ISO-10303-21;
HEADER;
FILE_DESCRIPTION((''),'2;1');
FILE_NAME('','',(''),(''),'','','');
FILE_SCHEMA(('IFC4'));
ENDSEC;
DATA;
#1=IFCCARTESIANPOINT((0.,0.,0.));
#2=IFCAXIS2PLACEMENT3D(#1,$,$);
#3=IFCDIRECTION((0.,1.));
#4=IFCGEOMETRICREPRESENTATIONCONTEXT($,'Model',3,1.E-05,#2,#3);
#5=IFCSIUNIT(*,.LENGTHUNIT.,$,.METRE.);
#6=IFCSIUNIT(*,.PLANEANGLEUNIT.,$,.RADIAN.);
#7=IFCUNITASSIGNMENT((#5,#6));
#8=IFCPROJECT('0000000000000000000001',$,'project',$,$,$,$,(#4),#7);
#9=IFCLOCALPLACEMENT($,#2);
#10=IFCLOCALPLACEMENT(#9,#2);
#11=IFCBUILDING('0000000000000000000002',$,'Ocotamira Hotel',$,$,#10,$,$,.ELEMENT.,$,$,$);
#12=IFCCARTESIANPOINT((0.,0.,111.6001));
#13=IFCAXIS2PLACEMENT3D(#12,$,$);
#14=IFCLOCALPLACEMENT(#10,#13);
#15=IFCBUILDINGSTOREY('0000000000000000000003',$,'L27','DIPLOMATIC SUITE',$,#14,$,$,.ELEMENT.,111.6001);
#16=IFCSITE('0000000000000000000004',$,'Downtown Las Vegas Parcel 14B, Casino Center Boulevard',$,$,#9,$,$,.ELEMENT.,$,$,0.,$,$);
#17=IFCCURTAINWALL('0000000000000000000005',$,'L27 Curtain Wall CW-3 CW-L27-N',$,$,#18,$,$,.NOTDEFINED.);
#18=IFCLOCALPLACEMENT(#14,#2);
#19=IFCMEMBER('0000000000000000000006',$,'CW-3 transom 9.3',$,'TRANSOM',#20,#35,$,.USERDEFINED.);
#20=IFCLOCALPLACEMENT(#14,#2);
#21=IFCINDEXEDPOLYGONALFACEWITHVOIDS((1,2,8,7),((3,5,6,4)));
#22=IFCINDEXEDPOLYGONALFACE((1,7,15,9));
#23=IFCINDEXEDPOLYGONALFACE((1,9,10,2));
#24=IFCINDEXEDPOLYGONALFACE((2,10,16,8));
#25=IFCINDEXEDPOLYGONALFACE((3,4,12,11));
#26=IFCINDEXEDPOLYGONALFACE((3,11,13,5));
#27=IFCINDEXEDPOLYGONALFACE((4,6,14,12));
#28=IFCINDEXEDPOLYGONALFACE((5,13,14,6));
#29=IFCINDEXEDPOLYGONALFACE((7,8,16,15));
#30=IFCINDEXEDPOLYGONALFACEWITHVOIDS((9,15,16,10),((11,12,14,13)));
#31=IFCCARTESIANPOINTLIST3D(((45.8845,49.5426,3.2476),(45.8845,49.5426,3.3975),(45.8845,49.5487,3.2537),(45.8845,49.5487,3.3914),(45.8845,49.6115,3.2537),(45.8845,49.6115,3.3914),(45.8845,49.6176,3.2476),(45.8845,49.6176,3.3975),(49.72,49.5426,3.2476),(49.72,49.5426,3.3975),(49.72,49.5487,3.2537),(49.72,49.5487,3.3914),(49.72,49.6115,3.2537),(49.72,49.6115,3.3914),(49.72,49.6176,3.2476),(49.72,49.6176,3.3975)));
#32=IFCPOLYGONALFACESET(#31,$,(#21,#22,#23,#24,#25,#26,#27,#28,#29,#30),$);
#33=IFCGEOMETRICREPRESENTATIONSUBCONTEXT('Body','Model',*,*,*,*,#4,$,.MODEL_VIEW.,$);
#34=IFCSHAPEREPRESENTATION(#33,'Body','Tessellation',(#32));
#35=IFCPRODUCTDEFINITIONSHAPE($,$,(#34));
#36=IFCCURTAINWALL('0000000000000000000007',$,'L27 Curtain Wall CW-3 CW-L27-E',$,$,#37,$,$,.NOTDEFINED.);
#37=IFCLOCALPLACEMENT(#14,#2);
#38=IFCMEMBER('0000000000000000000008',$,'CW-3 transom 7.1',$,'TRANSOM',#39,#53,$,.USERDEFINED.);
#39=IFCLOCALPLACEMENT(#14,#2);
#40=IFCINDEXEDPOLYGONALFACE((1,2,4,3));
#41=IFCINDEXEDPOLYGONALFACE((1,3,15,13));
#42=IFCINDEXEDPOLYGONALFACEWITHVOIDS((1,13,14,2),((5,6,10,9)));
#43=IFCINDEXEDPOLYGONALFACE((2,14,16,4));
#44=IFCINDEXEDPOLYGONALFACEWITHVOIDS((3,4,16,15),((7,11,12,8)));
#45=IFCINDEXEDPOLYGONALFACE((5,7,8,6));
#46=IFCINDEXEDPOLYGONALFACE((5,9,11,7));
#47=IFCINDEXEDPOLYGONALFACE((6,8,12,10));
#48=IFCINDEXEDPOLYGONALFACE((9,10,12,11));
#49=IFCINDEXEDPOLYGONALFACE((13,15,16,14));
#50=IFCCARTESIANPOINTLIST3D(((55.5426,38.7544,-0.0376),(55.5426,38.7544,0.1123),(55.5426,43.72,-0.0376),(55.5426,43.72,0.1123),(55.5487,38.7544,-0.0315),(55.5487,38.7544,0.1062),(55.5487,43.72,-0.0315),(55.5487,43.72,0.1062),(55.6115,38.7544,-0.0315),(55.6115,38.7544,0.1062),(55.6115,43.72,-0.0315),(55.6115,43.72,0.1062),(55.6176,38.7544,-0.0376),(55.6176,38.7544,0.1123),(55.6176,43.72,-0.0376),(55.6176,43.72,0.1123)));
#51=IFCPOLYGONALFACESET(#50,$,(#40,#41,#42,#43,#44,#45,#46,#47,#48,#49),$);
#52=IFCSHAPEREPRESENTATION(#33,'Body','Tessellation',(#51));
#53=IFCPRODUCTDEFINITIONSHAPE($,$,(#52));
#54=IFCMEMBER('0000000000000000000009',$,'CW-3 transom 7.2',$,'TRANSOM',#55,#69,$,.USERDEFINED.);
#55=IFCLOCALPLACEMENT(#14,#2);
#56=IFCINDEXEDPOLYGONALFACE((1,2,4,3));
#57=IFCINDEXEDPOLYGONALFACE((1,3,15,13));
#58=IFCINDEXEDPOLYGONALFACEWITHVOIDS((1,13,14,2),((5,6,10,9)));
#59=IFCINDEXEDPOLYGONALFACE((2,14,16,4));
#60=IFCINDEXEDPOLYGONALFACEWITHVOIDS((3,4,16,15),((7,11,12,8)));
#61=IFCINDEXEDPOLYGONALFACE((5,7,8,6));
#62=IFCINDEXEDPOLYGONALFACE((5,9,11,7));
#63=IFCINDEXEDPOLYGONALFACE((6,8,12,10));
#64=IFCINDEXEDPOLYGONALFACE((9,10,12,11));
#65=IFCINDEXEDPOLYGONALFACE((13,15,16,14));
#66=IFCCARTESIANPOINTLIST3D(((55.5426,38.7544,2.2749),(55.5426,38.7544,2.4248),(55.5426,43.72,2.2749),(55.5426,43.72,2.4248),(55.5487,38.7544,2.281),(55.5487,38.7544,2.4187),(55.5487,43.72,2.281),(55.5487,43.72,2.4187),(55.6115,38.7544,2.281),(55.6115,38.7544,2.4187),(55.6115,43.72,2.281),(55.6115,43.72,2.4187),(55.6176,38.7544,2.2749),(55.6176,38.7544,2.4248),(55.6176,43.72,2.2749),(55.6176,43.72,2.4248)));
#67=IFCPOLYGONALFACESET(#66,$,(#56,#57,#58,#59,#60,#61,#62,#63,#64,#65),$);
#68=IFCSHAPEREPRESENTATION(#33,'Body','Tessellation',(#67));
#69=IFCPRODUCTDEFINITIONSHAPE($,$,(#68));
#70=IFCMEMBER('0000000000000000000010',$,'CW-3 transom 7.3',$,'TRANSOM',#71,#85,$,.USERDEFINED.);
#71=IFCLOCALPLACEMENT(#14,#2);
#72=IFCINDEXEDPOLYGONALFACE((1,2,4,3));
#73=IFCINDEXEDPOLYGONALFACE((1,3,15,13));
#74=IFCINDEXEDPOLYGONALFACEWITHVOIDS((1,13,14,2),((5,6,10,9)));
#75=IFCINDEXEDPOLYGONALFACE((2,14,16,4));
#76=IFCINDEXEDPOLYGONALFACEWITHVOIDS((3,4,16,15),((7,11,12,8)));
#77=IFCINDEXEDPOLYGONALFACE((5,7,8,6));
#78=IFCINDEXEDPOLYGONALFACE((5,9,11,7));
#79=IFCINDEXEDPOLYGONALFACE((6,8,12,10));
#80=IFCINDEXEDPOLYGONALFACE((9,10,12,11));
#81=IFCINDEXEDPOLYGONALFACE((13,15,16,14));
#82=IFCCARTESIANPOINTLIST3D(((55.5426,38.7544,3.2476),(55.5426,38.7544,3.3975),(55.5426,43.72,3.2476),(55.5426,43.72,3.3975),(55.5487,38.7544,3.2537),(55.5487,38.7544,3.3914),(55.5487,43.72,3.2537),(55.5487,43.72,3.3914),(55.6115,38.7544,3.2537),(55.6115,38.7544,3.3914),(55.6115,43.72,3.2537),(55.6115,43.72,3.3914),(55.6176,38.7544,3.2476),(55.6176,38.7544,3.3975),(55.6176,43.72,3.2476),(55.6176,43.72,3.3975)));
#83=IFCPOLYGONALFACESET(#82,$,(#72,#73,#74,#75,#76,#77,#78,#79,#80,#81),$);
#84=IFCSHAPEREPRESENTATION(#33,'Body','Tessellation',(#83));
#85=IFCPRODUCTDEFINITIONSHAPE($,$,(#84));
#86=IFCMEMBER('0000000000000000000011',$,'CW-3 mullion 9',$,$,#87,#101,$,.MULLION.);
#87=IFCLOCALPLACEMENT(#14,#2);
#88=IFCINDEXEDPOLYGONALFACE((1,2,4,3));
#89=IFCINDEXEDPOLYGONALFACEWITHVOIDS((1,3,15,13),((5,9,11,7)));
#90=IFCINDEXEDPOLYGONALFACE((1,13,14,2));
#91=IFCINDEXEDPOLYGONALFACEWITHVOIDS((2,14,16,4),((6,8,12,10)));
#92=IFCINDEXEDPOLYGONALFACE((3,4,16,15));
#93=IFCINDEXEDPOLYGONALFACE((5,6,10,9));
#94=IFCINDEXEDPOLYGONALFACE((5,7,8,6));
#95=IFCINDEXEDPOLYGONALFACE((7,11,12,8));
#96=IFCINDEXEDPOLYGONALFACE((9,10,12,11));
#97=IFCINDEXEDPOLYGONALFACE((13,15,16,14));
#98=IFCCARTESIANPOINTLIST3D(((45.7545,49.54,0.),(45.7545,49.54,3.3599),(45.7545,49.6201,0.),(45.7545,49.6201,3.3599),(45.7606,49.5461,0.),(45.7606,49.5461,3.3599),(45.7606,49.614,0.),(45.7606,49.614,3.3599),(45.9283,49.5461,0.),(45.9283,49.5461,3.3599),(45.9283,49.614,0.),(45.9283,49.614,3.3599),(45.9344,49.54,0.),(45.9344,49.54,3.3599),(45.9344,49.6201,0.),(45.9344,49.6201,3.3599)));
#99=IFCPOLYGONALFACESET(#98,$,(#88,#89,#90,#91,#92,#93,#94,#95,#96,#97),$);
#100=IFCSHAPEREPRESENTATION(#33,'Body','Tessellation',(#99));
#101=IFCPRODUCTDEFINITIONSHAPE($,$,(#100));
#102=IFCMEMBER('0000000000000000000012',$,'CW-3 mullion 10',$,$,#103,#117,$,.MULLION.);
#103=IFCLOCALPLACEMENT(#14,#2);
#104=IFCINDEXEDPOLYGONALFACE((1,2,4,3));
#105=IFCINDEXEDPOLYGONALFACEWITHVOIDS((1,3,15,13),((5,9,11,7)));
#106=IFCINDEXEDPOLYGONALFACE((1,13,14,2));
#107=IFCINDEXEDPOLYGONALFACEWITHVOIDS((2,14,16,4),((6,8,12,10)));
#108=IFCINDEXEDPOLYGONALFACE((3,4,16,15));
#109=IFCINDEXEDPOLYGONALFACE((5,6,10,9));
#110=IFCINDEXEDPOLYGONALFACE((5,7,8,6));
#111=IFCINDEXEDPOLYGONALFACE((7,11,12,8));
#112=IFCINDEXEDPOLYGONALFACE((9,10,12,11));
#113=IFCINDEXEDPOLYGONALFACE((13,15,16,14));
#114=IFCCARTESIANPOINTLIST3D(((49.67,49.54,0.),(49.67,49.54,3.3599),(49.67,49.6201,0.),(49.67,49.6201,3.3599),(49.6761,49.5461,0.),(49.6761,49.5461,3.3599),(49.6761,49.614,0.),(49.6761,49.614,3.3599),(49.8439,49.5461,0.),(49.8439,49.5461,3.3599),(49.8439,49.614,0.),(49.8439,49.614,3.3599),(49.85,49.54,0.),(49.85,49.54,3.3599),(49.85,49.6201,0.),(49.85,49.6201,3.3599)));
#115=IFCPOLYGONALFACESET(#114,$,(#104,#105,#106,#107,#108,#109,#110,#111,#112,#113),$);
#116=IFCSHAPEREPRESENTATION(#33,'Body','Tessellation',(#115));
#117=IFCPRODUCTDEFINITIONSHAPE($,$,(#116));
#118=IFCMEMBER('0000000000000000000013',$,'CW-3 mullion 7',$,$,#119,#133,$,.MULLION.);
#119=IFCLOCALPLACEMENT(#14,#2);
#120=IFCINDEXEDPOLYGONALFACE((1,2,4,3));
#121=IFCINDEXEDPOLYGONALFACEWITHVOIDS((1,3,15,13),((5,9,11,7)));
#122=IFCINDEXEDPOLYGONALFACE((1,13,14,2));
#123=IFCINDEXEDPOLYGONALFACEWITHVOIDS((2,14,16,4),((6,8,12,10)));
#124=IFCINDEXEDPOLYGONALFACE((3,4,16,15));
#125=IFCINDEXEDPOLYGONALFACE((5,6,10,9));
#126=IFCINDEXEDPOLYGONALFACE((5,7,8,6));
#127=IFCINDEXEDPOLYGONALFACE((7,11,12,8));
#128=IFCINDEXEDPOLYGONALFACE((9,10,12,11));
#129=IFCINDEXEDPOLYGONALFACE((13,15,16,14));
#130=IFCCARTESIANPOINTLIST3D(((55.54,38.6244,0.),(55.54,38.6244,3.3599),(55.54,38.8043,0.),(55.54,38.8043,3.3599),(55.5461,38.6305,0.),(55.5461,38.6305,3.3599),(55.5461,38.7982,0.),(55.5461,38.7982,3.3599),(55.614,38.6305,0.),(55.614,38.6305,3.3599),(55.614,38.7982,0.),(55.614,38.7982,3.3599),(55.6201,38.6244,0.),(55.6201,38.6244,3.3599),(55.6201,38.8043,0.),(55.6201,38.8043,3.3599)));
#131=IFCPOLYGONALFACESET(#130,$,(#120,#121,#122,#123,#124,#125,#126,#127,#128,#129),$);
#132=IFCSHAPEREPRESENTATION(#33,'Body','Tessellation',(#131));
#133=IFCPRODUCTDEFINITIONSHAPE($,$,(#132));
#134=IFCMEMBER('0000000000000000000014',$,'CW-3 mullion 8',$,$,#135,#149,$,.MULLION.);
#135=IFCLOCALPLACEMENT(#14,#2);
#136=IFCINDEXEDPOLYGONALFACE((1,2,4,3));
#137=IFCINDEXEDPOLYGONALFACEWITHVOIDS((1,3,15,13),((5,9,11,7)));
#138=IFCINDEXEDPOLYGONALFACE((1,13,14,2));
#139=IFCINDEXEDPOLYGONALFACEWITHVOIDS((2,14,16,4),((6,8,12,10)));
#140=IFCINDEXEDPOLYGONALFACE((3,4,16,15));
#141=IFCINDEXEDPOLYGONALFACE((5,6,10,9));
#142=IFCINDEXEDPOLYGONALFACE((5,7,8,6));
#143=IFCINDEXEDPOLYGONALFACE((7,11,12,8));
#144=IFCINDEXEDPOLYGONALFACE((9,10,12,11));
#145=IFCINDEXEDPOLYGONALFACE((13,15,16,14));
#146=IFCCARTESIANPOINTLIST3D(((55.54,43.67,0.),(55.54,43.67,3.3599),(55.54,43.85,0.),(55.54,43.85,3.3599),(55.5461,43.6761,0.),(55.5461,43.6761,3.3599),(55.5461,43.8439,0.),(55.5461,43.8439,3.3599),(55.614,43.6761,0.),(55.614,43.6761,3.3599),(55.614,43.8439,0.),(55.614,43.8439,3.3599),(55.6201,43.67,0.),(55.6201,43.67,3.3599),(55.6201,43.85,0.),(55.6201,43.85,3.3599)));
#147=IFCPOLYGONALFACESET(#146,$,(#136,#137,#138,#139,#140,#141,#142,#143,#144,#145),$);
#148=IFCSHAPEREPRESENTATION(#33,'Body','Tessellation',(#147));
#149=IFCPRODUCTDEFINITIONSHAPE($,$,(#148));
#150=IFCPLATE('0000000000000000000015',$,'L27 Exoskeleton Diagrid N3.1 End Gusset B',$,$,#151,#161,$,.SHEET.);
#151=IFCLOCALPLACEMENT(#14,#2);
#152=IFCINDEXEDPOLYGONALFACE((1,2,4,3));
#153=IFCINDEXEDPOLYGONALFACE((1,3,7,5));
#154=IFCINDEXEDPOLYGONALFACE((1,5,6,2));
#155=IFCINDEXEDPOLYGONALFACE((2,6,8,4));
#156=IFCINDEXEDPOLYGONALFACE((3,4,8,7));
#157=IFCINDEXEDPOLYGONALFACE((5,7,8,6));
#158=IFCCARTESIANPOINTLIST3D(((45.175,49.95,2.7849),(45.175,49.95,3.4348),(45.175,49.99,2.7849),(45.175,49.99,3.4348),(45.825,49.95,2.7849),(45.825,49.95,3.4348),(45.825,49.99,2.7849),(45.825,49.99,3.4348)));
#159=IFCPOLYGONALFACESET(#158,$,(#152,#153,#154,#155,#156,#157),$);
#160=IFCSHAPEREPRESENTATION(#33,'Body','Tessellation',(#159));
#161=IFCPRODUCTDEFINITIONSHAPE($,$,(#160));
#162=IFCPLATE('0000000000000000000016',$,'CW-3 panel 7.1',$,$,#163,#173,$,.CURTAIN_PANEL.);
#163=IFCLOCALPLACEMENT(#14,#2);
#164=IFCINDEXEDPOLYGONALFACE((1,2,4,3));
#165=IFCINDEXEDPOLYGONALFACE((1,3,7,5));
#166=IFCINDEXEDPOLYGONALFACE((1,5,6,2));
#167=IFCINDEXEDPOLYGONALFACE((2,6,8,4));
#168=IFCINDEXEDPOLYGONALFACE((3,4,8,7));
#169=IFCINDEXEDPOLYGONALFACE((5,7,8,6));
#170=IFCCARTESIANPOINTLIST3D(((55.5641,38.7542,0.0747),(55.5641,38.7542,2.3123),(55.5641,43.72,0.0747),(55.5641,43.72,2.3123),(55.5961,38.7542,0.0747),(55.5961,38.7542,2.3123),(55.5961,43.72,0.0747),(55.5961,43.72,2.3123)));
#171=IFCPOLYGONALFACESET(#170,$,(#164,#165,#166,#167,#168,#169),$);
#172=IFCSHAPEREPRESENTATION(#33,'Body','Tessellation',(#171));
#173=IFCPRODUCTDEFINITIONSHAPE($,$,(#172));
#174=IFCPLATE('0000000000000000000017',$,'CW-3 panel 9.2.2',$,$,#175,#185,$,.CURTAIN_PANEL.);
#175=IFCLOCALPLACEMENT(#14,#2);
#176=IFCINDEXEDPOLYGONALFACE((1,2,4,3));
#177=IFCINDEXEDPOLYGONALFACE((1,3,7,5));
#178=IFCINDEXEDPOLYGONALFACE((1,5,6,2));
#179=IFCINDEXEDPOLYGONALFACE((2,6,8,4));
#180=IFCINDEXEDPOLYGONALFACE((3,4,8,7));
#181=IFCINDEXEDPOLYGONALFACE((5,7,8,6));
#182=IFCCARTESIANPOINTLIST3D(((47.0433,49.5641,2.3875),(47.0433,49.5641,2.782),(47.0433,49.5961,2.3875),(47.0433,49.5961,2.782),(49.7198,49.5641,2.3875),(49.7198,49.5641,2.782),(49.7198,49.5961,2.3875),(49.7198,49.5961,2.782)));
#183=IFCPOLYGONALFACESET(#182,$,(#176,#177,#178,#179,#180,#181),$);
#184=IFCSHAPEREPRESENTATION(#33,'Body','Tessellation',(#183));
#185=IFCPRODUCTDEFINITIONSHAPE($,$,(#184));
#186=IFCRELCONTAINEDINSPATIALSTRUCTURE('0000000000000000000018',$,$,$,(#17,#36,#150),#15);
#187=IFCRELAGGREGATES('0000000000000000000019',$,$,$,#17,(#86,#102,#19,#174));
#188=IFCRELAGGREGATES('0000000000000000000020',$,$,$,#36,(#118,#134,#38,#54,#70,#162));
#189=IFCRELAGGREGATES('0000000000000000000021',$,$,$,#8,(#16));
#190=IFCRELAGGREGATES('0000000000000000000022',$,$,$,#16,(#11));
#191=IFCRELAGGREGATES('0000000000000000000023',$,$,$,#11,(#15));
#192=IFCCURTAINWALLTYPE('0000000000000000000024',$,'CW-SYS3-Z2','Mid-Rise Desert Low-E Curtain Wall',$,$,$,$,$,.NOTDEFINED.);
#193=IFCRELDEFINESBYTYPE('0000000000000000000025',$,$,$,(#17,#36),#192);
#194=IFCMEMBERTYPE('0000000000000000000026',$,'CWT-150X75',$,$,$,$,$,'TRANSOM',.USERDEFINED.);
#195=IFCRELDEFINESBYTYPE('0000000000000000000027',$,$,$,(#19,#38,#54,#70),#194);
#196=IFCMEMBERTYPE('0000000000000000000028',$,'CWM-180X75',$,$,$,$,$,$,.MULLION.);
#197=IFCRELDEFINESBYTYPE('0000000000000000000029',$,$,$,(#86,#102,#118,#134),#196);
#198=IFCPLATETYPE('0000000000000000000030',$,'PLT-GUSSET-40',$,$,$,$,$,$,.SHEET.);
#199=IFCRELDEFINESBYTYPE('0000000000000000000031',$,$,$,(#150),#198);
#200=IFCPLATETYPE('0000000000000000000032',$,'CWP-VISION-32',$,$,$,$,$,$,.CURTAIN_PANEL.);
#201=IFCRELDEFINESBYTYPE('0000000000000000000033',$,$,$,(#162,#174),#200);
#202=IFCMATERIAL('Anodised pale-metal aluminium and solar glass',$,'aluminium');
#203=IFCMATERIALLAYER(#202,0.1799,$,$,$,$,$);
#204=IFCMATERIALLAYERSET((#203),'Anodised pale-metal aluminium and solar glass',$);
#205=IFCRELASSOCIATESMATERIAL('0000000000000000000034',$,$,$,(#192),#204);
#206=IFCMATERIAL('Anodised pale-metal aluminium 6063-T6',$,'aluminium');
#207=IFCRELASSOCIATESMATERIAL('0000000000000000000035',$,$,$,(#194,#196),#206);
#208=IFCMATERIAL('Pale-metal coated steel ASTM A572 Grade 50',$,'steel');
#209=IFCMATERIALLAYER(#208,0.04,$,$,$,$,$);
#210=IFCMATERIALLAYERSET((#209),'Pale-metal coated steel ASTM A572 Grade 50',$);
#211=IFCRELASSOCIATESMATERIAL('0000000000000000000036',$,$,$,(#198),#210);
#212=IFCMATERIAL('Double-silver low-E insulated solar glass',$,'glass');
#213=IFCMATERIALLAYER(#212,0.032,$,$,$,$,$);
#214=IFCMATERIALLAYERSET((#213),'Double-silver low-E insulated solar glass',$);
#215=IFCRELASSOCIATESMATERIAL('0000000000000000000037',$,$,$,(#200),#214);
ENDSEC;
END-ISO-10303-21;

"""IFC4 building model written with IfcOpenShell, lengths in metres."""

from ifc_helpers import new_model, si_unit, direction, frame, origin, origin_2d, place, context, subcontext, project, spatial, rectangle, hollow_rectangle, extrude, source, transform, mapped, material, layer, layer_set, material_profile, profile_set, type_object, element, aggregate, save


model = new_model("IFC4")

# Units and contexts
model_context = context("Model", 3, precision=1e-05, world=origin(), true_north=direction((0.0, 1.0)))
body_context = subcontext(model_context, "Body", "Model", "MODEL_VIEW")
ifc_project = project(units=[si_unit("LENGTHUNIT", "METRE"), si_unit("PLANEANGLEUNIT", "RADIAN")], contexts=[model_context])

# Site, building, storey
site_placement = place(None, origin())
site = spatial("IfcSite", under=ifc_project, at=site_placement, Name="Downtown Las Vegas Parcel 14B, Casino Center Boulevard", CompositionType="ELEMENT", RefElevation=0.0)
building_placement = place(site_placement, origin())
building = spatial("IfcBuilding", under=site, at=building_placement, Name="Ocotamira Hotel", CompositionType="ELEMENT")
storey_placement = place(building_placement, frame((0.0, 0.0, 111.6001)))
storey = spatial("IfcBuildingStorey", under=building, at=storey_placement, Name="L27", Description="DIPLOMATIC SUITE", CompositionType="ELEMENT", Elevation=111.6001)

# Curtain walls, members
ifc_material_1 = material(Name="Anodised pale-metal aluminium and solar glass", Category="aluminium")
ifc_layer_1 = layer(ifc_material_1, 0.1799)
ifc_layer_set_1 = layer_set([ifc_layer_1], Name="Anodised pale-metal aluminium and solar glass")
curtain_wall_type = type_object("IfcCurtainWallType", Name="CW-SYS3-Z2", Description="Mid-Rise Desert Low-E Curtain Wall", PredefinedType="NOTDEFINED", material=ifc_layer_set_1)
curtain_wall_1_placement = place(storey_placement, origin())
curtain_wall_1 = element("IfcCurtainWall", 1, at=curtain_wall_1_placement, inside=storey, type_object=curtain_wall_type, Name="L27 Curtain Wall CW-3 CW-L27-N", PredefinedType="NOTDEFINED")
ifc_material_2 = material(Name="Anodised pale-metal aluminium 6063-T6", Category="aluminium")
ifc_material_profile_1 = material_profile(ifc_material_2, hollow_rectangle(XDim=0.075, YDim=0.1499, WallThickness=0.0061, at=origin_2d()), Name="HSS150X75X6")
ifc_profile_set_1 = profile_set([ifc_material_profile_1], Name="Anodised pale-metal aluminium 6063-T6")
member_type_1 = type_object("IfcMemberType", Name="CWT-150X75", ElementType="TRANSOM", PredefinedType="USERDEFINED", material=ifc_profile_set_1)
shared_shape_1 = source(origin(), body_context, "Body", "SweptSolid", [
    extrude(hollow_rectangle(XDim=0.075, YDim=0.1499, WallThickness=0.0061, at=origin_2d()), origin(), (0.0, 0.0, 1.0), 3.8354),
])
member_1_placement = place(storey_placement, frame((45.8845, 49.5801, 3.3225), z_axis=(1.0, 0.0, 0.0), x_axis=(0.0, 1.0, 0.0)))
member_1 = element("IfcMember", 2, at=member_1_placement, type_object=member_type_1, Name="CW-3 transom 9.3", ObjectType="TRANSOM", PredefinedType="USERDEFINED", context=body_context, shape_type="MappedRepresentation", body=[
    mapped(shared_shape_1, transform((0.0, 0.0, 0.0), scale=1.0)),
])
curtain_wall_2_placement = place(storey_placement, origin())
curtain_wall_2 = element("IfcCurtainWall", 3, at=curtain_wall_2_placement, inside=storey, type_object=curtain_wall_type, Name="L27 Curtain Wall CW-3 CW-L27-E", PredefinedType="NOTDEFINED")
shared_shape_2 = source(origin(), body_context, "Body", "SweptSolid", [
    extrude(hollow_rectangle(XDim=0.075, YDim=0.1499, WallThickness=0.0061, at=origin_2d()), origin(), (0.0, 0.0, 1.0), 4.9656),
])
member_2_placement = place(storey_placement, frame((55.5801, 38.7544, 0.0374), z_axis=(0.0, 1.0, 0.0), x_axis=(-1.0, 0.0, 0.0)))
member_2 = element("IfcMember", 4, at=member_2_placement, type_object=member_type_1, Name="CW-3 transom 7.1", ObjectType="TRANSOM", PredefinedType="USERDEFINED", context=body_context, shape_type="MappedRepresentation", body=[
    mapped(shared_shape_2, transform((0.0, 0.0, 0.0), scale=1.0)),
])
member_3_placement = place(storey_placement, frame((55.5801, 38.7544, 2.3499), z_axis=(0.0, 1.0, 0.0), x_axis=(-1.0, 0.0, 0.0)))
member_3 = element("IfcMember", 5, at=member_3_placement, type_object=member_type_1, Name="CW-3 transom 7.2", ObjectType="TRANSOM", PredefinedType="USERDEFINED", context=body_context, shape_type="MappedRepresentation", body=[
    mapped(shared_shape_2, transform((0.0, 0.0, 0.0), scale=1.0)),
])
member_4_placement = place(storey_placement, frame((55.5801, 38.7544, 3.3225), z_axis=(0.0, 1.0, 0.0), x_axis=(-1.0, 0.0, 0.0)))
member_4 = element("IfcMember", 6, at=member_4_placement, type_object=member_type_1, Name="CW-3 transom 7.3", ObjectType="TRANSOM", PredefinedType="USERDEFINED", context=body_context, shape_type="MappedRepresentation", body=[
    mapped(shared_shape_2, transform((0.0, 0.0, 0.0), scale=1.0)),
])

# Members
ifc_material_profile_2 = material_profile(ifc_material_2, hollow_rectangle(XDim=0.0801, YDim=0.1799, WallThickness=0.0061, at=origin_2d()), Name="HSS180X80X6")
ifc_profile_set_2 = profile_set([ifc_material_profile_2], Name="Anodised pale-metal aluminium 6063-T6")
member_type_2 = type_object("IfcMemberType", Name="CWM-180X75", PredefinedType="MULLION", material=ifc_profile_set_2)
shared_shape_3 = source(origin(), body_context, "Body", "SweptSolid", [
    extrude(hollow_rectangle(XDim=0.0801, YDim=0.1799, WallThickness=0.0061, at=origin_2d()), origin(), (0.0, 0.0, 1.0), 3.3599),
])
member_5_placement = place(storey_placement, frame((45.8445, 49.5801, 0.0), z_axis=(0.0, 0.0, 1.0), x_axis=(0.0, 1.0, 0.0)))
member_5 = element("IfcMember", 7, at=member_5_placement, type_object=member_type_2, Name="CW-3 mullion 9", PredefinedType="MULLION", context=body_context, shape_type="MappedRepresentation", body=[
    mapped(shared_shape_3, transform((0.0, 0.0, 0.0), scale=1.0)),
])
member_6_placement = place(storey_placement, frame((49.76, 49.5801, 0.0), z_axis=(0.0, 0.0, 1.0), x_axis=(0.0, 1.0, 0.0)))
member_6 = element("IfcMember", 8, at=member_6_placement, type_object=member_type_2, Name="CW-3 mullion 10", PredefinedType="MULLION", context=body_context, shape_type="MappedRepresentation", body=[
    mapped(shared_shape_3, transform((0.0, 0.0, 0.0), scale=1.0)),
])
member_7_placement = place(storey_placement, frame((55.5801, 38.7144, 0.0), z_axis=(0.0, 0.0, 1.0), x_axis=(-1.0, 0.0, 0.0)))
member_7 = element("IfcMember", 9, at=member_7_placement, type_object=member_type_2, Name="CW-3 mullion 7", PredefinedType="MULLION", context=body_context, shape_type="MappedRepresentation", body=[
    mapped(shared_shape_3, transform((0.0, 0.0, 0.0), scale=1.0)),
])
member_8_placement = place(storey_placement, frame((55.5801, 43.76, 0.0), z_axis=(0.0, 0.0, 1.0), x_axis=(-1.0, 0.0, 0.0)))
member_8 = element("IfcMember", 10, at=member_8_placement, type_object=member_type_2, Name="CW-3 mullion 8", PredefinedType="MULLION", context=body_context, shape_type="MappedRepresentation", body=[
    mapped(shared_shape_3, transform((0.0, 0.0, 0.0), scale=1.0)),
])

# Plates
ifc_material_3 = material(Name="Pale-metal coated steel ASTM A572 Grade 50", Category="steel")
ifc_layer_2 = layer(ifc_material_3, 0.04)
ifc_layer_set_2 = layer_set([ifc_layer_2], Name="Pale-metal coated steel ASTM A572 Grade 50")
plate_type_1 = type_object("IfcPlateType", Name="PLT-GUSSET-40", PredefinedType="SHEET", material=ifc_layer_set_2)
shared_shape_4 = source(origin(), body_context, "Body", "SweptSolid", [
    extrude(rectangle(XDim=0.6499, YDim=0.04, at=origin_2d()), origin(), (0.0, 0.0, 1.0), 0.6499),
])
plate_1_placement = place(storey_placement, frame((45.5, 49.97, 2.7849), z_axis=(0.0, 0.0, 1.0), x_axis=(1.0, 0.0, 0.0)))
element("IfcPlate", 11, at=plate_1_placement, inside=storey, type_object=plate_type_1, Name="L27 Exoskeleton Diagrid N3.1 End Gusset B", PredefinedType="SHEET", context=body_context, shape_type="MappedRepresentation", body=[
    mapped(shared_shape_4, transform((0.0, 0.0, 0.0), scale=1.0)),
])
ifc_material_4 = material(Name="Double-silver low-E insulated solar glass", Category="glass")
ifc_layer_3 = layer(ifc_material_4, 0.032)
ifc_layer_set_3 = layer_set([ifc_layer_3], Name="Double-silver low-E insulated solar glass")
plate_type_2 = type_object("IfcPlateType", Name="CWP-VISION-32", PredefinedType="CURTAIN_PANEL", material=ifc_layer_set_3)
shared_shape_5 = source(origin(), body_context, "Body", "SweptSolid", [
    extrude(rectangle(XDim=4.9658, YDim=0.032, at=origin_2d()), origin(), (0.0, 0.0, 1.0), 2.2375),
])
plate_2_placement = place(storey_placement, frame((55.5801, 41.2371, 0.0747), z_axis=(0.0, 0.0, 1.0), x_axis=(0.0, 1.0, 0.0)))
plate_2 = element("IfcPlate", 12, at=plate_2_placement, type_object=plate_type_2, Name="CW-3 panel 7.1", PredefinedType="CURTAIN_PANEL", context=body_context, shape_type="MappedRepresentation", body=[
    mapped(shared_shape_5, transform((0.0, 0.0, 0.0), scale=1.0)),
])
shared_shape_6 = source(origin(), body_context, "Body", "SweptSolid", [
    extrude(rectangle(XDim=2.6765, YDim=0.032, at=origin_2d()), origin(), (0.0, 0.0, 1.0), 0.3945),
])
plate_3_placement = place(storey_placement, frame((48.3816, 49.5801, 2.3875), z_axis=(0.0, 0.0, 1.0), x_axis=(1.0, 0.0, 0.0)))
plate_3 = element("IfcPlate", 13, at=plate_3_placement, type_object=plate_type_2, Name="CW-3 panel 9.2.2", PredefinedType="CURTAIN_PANEL", context=body_context, shape_type="MappedRepresentation", body=[
    mapped(shared_shape_6, transform((0.0, 0.0, 0.0), scale=1.0)),
])
aggregate(curtain_wall_1, [member_5, member_6, member_1, plate_3])
aggregate(curtain_wall_2, [member_7, member_8, member_2, member_3, member_4, plate_2])

save(model, "model.ifc")
